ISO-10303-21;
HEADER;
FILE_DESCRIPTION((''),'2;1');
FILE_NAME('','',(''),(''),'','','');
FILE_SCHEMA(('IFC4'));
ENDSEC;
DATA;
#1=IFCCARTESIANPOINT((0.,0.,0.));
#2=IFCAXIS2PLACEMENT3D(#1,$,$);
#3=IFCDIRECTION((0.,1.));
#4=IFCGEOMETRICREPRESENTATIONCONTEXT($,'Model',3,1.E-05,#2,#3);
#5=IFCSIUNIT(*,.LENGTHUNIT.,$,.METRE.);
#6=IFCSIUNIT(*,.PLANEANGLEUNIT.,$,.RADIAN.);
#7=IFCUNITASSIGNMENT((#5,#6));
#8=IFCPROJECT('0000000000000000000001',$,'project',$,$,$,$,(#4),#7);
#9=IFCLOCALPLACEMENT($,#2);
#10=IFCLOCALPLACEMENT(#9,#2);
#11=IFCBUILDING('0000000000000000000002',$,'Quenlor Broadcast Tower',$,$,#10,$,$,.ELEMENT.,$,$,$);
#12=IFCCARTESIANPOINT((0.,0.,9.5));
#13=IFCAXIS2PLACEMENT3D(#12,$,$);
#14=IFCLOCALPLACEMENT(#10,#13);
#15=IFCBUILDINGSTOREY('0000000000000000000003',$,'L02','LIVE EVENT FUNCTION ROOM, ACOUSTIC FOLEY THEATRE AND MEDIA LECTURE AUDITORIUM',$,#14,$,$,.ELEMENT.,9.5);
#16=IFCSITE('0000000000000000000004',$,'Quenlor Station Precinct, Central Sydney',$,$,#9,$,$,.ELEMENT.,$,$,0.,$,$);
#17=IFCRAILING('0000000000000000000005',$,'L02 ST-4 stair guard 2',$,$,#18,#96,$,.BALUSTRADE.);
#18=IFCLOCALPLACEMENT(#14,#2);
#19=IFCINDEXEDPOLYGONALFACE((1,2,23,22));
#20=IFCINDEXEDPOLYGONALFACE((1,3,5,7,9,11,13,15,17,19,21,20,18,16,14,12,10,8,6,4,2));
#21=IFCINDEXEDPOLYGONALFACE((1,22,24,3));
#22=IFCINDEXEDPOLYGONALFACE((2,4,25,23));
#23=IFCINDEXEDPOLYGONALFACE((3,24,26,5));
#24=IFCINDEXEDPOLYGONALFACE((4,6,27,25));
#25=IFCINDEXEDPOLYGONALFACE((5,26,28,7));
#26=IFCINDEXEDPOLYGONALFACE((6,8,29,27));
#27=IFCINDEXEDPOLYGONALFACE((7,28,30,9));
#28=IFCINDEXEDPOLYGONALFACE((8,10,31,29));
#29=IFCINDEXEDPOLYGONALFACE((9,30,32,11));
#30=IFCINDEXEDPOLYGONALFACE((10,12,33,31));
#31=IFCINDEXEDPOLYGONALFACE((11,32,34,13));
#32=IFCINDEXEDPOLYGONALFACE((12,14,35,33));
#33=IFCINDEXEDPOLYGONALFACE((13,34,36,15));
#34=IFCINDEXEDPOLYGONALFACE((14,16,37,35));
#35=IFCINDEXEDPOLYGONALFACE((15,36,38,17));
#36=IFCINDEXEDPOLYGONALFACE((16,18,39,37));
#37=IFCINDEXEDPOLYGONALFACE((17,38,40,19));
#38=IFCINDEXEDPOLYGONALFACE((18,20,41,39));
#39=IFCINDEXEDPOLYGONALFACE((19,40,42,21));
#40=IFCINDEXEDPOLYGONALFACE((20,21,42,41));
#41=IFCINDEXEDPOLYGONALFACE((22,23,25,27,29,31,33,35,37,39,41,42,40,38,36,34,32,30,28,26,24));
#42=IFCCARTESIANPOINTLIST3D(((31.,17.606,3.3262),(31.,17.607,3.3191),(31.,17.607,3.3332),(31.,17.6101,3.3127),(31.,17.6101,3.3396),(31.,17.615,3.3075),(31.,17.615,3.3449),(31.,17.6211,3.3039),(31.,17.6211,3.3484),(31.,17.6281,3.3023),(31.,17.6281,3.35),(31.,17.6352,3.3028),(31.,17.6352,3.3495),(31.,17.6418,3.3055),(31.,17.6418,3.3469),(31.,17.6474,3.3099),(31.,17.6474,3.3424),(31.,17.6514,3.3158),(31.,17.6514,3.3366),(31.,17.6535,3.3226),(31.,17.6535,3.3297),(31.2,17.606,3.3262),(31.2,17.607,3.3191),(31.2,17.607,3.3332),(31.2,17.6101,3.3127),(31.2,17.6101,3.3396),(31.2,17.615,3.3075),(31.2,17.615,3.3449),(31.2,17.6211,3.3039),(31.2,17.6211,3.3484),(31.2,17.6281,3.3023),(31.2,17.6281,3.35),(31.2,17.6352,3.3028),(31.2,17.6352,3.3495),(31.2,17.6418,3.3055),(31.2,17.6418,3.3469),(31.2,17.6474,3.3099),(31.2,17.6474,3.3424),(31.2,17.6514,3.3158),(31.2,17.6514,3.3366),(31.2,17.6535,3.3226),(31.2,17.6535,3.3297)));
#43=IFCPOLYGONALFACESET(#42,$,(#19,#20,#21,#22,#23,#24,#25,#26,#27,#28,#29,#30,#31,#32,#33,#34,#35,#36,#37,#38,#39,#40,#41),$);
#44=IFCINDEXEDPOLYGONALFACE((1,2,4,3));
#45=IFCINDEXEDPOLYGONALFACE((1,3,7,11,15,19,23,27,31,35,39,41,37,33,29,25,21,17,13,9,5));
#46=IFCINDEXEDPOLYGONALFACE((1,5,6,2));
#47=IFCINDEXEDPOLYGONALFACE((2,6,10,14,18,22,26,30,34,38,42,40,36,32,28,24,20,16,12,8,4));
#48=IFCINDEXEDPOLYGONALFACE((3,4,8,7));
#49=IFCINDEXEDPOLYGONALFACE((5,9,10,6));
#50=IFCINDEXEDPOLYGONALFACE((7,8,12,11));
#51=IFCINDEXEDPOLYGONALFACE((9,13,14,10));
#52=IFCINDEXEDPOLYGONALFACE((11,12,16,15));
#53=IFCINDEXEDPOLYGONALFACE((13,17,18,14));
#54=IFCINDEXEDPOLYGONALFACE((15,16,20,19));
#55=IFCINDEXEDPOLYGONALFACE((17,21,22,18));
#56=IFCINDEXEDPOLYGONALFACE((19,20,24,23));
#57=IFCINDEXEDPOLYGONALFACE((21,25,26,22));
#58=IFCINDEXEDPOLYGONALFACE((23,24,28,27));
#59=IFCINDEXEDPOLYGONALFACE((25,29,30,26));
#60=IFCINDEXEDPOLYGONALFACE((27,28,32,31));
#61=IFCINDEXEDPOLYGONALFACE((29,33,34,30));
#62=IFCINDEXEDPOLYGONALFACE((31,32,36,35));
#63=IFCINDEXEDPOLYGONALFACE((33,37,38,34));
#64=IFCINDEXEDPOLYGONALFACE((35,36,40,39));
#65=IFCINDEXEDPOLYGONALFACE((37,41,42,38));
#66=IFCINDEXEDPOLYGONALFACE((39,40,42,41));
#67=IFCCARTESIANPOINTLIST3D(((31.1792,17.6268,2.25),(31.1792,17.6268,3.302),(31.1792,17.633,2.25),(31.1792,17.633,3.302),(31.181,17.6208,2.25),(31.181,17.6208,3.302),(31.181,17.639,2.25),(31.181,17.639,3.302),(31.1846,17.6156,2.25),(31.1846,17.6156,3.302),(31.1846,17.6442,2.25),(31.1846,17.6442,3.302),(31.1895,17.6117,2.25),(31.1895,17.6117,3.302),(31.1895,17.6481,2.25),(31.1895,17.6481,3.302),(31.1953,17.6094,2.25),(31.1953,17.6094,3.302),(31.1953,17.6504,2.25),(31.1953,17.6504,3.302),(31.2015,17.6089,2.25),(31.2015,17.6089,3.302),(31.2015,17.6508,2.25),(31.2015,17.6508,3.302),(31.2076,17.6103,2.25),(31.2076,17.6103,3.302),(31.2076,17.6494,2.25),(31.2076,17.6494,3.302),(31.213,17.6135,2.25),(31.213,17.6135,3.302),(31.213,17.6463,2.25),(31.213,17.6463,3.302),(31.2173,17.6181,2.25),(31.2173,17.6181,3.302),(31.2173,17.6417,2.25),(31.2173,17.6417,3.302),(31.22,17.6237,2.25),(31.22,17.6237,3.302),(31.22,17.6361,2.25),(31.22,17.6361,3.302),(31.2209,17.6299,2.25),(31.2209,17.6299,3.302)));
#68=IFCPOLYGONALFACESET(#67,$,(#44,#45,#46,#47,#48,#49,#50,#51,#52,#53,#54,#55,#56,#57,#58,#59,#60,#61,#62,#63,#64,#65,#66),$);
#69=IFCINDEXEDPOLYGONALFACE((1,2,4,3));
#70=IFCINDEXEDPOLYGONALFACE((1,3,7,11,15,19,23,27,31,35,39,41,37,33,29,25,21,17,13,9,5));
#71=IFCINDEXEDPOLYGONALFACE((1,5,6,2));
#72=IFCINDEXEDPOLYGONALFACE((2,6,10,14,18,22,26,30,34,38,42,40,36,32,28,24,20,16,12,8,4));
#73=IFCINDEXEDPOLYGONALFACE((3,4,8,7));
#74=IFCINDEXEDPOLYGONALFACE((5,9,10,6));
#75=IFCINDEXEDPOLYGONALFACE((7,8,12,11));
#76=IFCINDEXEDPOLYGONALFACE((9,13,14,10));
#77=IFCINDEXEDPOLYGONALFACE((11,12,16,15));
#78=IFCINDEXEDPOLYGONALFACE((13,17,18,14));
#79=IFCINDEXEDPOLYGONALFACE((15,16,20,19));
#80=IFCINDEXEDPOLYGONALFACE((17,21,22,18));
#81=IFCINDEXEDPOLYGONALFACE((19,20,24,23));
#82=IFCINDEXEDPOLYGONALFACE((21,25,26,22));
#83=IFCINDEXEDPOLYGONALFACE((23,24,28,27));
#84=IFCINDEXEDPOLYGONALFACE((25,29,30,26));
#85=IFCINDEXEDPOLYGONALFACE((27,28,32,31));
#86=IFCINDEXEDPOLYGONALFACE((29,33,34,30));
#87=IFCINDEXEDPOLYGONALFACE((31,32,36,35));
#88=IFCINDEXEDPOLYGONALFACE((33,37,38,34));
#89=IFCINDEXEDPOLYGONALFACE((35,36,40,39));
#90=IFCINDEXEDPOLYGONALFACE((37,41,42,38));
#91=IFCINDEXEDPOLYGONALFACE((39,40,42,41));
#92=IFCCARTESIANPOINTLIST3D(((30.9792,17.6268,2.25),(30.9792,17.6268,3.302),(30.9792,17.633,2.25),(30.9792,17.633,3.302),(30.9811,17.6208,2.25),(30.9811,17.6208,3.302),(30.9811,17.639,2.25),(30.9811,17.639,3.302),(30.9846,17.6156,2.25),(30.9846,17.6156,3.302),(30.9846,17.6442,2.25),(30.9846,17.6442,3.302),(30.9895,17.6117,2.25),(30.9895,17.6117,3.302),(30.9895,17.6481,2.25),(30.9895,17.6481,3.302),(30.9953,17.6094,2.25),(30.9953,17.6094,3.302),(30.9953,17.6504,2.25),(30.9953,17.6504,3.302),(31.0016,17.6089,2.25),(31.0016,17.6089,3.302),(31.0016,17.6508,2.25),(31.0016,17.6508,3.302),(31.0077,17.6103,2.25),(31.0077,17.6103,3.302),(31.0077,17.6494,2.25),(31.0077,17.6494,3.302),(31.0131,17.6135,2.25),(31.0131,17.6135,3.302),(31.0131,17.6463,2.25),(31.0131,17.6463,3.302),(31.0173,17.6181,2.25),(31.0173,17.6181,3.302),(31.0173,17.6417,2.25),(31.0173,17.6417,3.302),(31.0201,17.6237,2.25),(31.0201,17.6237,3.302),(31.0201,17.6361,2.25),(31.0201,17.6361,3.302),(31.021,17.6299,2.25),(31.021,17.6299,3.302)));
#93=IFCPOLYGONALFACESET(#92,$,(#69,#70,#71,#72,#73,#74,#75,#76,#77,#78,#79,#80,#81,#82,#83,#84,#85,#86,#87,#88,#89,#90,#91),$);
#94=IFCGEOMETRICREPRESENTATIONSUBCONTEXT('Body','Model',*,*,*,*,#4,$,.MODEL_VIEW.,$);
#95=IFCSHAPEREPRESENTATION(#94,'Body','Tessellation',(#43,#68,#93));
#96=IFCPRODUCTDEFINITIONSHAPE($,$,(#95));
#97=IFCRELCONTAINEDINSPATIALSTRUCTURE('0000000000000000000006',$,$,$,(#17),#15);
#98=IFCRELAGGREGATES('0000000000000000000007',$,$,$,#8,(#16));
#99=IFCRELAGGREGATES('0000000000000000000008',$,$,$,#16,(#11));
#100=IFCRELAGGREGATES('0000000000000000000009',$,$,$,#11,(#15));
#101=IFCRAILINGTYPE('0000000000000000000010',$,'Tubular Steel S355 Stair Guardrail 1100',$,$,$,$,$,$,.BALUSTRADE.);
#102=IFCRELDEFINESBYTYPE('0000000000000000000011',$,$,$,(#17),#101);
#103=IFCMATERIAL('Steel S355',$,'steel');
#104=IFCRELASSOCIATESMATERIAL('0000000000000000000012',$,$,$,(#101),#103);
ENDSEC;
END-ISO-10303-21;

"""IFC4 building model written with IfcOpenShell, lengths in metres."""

from ifc_helpers import new_model, si_unit, direction, frame, origin, origin_2d, place, context, subcontext, project, spatial, circle, extrude, material, type_object, element, save


model = new_model("IFC4")

# Units and contexts
model_context = context("Model", 3, precision=1e-05, world=origin(), true_north=direction((0.0, 1.0)))
body_context = subcontext(model_context, "Body", "Model", "MODEL_VIEW")
ifc_project = project(units=[si_unit("LENGTHUNIT", "METRE"), si_unit("PLANEANGLEUNIT", "RADIAN")], contexts=[model_context])

# Site, building, storey
site_placement = place(None, origin())
site = spatial("IfcSite", under=ifc_project, at=site_placement, Name="Quenlor Station Precinct, Central Sydney", CompositionType="ELEMENT", RefElevation=0.0)
building_placement = place(site_placement, origin())
building = spatial("IfcBuilding", under=site, at=building_placement, Name="Quenlor Broadcast Tower", CompositionType="ELEMENT")
storey_placement = place(building_placement, frame((0.0, 0.0, 9.5)))
storey = spatial("IfcBuildingStorey", under=building, at=storey_placement, Name="L02", Description="LIVE EVENT FUNCTION ROOM, ACOUSTIC FOLEY THEATRE AND MEDIA LECTURE AUDITORIUM", CompositionType="ELEMENT", Elevation=9.5)

# Railing
ifc_material_1 = material(Name="Steel S355", Category="steel")
railing_type_1 = type_object("IfcRailingType", Name="Tubular Steel S355 Stair Guardrail 1100", PredefinedType="BALUSTRADE", material=ifc_material_1)
railing_1_placement = place(storey_placement, frame((31.2, 17.6299, 2.25)))
element("IfcRailing", 1, at=railing_1_placement, inside=storey, type_object=railing_type_1, Name="L02 ST-4 stair guard 2", PredefinedType="BALUSTRADE", context=body_context, shape_type="SweptSolid", body=[
    extrude(circle(Radius=0.0239, at=origin_2d()), frame((0.0, 0.0, 1.0762), z_axis=(-1.0, 0.0, 0.0), x_axis=(0.0, -1.0, 0.0)), (0.0, 0.0, 1.0), 0.2),
    extrude(circle(Radius=0.021, at=origin_2d()), origin(), (0.0, 0.0, 1.0), 1.052),
    extrude(circle(Radius=0.021, at=origin_2d()), frame((-0.2, 0.0, 0.0)), (0.0, 0.0, 1.0), 1.052),
])

save(model, "model.ifc")
